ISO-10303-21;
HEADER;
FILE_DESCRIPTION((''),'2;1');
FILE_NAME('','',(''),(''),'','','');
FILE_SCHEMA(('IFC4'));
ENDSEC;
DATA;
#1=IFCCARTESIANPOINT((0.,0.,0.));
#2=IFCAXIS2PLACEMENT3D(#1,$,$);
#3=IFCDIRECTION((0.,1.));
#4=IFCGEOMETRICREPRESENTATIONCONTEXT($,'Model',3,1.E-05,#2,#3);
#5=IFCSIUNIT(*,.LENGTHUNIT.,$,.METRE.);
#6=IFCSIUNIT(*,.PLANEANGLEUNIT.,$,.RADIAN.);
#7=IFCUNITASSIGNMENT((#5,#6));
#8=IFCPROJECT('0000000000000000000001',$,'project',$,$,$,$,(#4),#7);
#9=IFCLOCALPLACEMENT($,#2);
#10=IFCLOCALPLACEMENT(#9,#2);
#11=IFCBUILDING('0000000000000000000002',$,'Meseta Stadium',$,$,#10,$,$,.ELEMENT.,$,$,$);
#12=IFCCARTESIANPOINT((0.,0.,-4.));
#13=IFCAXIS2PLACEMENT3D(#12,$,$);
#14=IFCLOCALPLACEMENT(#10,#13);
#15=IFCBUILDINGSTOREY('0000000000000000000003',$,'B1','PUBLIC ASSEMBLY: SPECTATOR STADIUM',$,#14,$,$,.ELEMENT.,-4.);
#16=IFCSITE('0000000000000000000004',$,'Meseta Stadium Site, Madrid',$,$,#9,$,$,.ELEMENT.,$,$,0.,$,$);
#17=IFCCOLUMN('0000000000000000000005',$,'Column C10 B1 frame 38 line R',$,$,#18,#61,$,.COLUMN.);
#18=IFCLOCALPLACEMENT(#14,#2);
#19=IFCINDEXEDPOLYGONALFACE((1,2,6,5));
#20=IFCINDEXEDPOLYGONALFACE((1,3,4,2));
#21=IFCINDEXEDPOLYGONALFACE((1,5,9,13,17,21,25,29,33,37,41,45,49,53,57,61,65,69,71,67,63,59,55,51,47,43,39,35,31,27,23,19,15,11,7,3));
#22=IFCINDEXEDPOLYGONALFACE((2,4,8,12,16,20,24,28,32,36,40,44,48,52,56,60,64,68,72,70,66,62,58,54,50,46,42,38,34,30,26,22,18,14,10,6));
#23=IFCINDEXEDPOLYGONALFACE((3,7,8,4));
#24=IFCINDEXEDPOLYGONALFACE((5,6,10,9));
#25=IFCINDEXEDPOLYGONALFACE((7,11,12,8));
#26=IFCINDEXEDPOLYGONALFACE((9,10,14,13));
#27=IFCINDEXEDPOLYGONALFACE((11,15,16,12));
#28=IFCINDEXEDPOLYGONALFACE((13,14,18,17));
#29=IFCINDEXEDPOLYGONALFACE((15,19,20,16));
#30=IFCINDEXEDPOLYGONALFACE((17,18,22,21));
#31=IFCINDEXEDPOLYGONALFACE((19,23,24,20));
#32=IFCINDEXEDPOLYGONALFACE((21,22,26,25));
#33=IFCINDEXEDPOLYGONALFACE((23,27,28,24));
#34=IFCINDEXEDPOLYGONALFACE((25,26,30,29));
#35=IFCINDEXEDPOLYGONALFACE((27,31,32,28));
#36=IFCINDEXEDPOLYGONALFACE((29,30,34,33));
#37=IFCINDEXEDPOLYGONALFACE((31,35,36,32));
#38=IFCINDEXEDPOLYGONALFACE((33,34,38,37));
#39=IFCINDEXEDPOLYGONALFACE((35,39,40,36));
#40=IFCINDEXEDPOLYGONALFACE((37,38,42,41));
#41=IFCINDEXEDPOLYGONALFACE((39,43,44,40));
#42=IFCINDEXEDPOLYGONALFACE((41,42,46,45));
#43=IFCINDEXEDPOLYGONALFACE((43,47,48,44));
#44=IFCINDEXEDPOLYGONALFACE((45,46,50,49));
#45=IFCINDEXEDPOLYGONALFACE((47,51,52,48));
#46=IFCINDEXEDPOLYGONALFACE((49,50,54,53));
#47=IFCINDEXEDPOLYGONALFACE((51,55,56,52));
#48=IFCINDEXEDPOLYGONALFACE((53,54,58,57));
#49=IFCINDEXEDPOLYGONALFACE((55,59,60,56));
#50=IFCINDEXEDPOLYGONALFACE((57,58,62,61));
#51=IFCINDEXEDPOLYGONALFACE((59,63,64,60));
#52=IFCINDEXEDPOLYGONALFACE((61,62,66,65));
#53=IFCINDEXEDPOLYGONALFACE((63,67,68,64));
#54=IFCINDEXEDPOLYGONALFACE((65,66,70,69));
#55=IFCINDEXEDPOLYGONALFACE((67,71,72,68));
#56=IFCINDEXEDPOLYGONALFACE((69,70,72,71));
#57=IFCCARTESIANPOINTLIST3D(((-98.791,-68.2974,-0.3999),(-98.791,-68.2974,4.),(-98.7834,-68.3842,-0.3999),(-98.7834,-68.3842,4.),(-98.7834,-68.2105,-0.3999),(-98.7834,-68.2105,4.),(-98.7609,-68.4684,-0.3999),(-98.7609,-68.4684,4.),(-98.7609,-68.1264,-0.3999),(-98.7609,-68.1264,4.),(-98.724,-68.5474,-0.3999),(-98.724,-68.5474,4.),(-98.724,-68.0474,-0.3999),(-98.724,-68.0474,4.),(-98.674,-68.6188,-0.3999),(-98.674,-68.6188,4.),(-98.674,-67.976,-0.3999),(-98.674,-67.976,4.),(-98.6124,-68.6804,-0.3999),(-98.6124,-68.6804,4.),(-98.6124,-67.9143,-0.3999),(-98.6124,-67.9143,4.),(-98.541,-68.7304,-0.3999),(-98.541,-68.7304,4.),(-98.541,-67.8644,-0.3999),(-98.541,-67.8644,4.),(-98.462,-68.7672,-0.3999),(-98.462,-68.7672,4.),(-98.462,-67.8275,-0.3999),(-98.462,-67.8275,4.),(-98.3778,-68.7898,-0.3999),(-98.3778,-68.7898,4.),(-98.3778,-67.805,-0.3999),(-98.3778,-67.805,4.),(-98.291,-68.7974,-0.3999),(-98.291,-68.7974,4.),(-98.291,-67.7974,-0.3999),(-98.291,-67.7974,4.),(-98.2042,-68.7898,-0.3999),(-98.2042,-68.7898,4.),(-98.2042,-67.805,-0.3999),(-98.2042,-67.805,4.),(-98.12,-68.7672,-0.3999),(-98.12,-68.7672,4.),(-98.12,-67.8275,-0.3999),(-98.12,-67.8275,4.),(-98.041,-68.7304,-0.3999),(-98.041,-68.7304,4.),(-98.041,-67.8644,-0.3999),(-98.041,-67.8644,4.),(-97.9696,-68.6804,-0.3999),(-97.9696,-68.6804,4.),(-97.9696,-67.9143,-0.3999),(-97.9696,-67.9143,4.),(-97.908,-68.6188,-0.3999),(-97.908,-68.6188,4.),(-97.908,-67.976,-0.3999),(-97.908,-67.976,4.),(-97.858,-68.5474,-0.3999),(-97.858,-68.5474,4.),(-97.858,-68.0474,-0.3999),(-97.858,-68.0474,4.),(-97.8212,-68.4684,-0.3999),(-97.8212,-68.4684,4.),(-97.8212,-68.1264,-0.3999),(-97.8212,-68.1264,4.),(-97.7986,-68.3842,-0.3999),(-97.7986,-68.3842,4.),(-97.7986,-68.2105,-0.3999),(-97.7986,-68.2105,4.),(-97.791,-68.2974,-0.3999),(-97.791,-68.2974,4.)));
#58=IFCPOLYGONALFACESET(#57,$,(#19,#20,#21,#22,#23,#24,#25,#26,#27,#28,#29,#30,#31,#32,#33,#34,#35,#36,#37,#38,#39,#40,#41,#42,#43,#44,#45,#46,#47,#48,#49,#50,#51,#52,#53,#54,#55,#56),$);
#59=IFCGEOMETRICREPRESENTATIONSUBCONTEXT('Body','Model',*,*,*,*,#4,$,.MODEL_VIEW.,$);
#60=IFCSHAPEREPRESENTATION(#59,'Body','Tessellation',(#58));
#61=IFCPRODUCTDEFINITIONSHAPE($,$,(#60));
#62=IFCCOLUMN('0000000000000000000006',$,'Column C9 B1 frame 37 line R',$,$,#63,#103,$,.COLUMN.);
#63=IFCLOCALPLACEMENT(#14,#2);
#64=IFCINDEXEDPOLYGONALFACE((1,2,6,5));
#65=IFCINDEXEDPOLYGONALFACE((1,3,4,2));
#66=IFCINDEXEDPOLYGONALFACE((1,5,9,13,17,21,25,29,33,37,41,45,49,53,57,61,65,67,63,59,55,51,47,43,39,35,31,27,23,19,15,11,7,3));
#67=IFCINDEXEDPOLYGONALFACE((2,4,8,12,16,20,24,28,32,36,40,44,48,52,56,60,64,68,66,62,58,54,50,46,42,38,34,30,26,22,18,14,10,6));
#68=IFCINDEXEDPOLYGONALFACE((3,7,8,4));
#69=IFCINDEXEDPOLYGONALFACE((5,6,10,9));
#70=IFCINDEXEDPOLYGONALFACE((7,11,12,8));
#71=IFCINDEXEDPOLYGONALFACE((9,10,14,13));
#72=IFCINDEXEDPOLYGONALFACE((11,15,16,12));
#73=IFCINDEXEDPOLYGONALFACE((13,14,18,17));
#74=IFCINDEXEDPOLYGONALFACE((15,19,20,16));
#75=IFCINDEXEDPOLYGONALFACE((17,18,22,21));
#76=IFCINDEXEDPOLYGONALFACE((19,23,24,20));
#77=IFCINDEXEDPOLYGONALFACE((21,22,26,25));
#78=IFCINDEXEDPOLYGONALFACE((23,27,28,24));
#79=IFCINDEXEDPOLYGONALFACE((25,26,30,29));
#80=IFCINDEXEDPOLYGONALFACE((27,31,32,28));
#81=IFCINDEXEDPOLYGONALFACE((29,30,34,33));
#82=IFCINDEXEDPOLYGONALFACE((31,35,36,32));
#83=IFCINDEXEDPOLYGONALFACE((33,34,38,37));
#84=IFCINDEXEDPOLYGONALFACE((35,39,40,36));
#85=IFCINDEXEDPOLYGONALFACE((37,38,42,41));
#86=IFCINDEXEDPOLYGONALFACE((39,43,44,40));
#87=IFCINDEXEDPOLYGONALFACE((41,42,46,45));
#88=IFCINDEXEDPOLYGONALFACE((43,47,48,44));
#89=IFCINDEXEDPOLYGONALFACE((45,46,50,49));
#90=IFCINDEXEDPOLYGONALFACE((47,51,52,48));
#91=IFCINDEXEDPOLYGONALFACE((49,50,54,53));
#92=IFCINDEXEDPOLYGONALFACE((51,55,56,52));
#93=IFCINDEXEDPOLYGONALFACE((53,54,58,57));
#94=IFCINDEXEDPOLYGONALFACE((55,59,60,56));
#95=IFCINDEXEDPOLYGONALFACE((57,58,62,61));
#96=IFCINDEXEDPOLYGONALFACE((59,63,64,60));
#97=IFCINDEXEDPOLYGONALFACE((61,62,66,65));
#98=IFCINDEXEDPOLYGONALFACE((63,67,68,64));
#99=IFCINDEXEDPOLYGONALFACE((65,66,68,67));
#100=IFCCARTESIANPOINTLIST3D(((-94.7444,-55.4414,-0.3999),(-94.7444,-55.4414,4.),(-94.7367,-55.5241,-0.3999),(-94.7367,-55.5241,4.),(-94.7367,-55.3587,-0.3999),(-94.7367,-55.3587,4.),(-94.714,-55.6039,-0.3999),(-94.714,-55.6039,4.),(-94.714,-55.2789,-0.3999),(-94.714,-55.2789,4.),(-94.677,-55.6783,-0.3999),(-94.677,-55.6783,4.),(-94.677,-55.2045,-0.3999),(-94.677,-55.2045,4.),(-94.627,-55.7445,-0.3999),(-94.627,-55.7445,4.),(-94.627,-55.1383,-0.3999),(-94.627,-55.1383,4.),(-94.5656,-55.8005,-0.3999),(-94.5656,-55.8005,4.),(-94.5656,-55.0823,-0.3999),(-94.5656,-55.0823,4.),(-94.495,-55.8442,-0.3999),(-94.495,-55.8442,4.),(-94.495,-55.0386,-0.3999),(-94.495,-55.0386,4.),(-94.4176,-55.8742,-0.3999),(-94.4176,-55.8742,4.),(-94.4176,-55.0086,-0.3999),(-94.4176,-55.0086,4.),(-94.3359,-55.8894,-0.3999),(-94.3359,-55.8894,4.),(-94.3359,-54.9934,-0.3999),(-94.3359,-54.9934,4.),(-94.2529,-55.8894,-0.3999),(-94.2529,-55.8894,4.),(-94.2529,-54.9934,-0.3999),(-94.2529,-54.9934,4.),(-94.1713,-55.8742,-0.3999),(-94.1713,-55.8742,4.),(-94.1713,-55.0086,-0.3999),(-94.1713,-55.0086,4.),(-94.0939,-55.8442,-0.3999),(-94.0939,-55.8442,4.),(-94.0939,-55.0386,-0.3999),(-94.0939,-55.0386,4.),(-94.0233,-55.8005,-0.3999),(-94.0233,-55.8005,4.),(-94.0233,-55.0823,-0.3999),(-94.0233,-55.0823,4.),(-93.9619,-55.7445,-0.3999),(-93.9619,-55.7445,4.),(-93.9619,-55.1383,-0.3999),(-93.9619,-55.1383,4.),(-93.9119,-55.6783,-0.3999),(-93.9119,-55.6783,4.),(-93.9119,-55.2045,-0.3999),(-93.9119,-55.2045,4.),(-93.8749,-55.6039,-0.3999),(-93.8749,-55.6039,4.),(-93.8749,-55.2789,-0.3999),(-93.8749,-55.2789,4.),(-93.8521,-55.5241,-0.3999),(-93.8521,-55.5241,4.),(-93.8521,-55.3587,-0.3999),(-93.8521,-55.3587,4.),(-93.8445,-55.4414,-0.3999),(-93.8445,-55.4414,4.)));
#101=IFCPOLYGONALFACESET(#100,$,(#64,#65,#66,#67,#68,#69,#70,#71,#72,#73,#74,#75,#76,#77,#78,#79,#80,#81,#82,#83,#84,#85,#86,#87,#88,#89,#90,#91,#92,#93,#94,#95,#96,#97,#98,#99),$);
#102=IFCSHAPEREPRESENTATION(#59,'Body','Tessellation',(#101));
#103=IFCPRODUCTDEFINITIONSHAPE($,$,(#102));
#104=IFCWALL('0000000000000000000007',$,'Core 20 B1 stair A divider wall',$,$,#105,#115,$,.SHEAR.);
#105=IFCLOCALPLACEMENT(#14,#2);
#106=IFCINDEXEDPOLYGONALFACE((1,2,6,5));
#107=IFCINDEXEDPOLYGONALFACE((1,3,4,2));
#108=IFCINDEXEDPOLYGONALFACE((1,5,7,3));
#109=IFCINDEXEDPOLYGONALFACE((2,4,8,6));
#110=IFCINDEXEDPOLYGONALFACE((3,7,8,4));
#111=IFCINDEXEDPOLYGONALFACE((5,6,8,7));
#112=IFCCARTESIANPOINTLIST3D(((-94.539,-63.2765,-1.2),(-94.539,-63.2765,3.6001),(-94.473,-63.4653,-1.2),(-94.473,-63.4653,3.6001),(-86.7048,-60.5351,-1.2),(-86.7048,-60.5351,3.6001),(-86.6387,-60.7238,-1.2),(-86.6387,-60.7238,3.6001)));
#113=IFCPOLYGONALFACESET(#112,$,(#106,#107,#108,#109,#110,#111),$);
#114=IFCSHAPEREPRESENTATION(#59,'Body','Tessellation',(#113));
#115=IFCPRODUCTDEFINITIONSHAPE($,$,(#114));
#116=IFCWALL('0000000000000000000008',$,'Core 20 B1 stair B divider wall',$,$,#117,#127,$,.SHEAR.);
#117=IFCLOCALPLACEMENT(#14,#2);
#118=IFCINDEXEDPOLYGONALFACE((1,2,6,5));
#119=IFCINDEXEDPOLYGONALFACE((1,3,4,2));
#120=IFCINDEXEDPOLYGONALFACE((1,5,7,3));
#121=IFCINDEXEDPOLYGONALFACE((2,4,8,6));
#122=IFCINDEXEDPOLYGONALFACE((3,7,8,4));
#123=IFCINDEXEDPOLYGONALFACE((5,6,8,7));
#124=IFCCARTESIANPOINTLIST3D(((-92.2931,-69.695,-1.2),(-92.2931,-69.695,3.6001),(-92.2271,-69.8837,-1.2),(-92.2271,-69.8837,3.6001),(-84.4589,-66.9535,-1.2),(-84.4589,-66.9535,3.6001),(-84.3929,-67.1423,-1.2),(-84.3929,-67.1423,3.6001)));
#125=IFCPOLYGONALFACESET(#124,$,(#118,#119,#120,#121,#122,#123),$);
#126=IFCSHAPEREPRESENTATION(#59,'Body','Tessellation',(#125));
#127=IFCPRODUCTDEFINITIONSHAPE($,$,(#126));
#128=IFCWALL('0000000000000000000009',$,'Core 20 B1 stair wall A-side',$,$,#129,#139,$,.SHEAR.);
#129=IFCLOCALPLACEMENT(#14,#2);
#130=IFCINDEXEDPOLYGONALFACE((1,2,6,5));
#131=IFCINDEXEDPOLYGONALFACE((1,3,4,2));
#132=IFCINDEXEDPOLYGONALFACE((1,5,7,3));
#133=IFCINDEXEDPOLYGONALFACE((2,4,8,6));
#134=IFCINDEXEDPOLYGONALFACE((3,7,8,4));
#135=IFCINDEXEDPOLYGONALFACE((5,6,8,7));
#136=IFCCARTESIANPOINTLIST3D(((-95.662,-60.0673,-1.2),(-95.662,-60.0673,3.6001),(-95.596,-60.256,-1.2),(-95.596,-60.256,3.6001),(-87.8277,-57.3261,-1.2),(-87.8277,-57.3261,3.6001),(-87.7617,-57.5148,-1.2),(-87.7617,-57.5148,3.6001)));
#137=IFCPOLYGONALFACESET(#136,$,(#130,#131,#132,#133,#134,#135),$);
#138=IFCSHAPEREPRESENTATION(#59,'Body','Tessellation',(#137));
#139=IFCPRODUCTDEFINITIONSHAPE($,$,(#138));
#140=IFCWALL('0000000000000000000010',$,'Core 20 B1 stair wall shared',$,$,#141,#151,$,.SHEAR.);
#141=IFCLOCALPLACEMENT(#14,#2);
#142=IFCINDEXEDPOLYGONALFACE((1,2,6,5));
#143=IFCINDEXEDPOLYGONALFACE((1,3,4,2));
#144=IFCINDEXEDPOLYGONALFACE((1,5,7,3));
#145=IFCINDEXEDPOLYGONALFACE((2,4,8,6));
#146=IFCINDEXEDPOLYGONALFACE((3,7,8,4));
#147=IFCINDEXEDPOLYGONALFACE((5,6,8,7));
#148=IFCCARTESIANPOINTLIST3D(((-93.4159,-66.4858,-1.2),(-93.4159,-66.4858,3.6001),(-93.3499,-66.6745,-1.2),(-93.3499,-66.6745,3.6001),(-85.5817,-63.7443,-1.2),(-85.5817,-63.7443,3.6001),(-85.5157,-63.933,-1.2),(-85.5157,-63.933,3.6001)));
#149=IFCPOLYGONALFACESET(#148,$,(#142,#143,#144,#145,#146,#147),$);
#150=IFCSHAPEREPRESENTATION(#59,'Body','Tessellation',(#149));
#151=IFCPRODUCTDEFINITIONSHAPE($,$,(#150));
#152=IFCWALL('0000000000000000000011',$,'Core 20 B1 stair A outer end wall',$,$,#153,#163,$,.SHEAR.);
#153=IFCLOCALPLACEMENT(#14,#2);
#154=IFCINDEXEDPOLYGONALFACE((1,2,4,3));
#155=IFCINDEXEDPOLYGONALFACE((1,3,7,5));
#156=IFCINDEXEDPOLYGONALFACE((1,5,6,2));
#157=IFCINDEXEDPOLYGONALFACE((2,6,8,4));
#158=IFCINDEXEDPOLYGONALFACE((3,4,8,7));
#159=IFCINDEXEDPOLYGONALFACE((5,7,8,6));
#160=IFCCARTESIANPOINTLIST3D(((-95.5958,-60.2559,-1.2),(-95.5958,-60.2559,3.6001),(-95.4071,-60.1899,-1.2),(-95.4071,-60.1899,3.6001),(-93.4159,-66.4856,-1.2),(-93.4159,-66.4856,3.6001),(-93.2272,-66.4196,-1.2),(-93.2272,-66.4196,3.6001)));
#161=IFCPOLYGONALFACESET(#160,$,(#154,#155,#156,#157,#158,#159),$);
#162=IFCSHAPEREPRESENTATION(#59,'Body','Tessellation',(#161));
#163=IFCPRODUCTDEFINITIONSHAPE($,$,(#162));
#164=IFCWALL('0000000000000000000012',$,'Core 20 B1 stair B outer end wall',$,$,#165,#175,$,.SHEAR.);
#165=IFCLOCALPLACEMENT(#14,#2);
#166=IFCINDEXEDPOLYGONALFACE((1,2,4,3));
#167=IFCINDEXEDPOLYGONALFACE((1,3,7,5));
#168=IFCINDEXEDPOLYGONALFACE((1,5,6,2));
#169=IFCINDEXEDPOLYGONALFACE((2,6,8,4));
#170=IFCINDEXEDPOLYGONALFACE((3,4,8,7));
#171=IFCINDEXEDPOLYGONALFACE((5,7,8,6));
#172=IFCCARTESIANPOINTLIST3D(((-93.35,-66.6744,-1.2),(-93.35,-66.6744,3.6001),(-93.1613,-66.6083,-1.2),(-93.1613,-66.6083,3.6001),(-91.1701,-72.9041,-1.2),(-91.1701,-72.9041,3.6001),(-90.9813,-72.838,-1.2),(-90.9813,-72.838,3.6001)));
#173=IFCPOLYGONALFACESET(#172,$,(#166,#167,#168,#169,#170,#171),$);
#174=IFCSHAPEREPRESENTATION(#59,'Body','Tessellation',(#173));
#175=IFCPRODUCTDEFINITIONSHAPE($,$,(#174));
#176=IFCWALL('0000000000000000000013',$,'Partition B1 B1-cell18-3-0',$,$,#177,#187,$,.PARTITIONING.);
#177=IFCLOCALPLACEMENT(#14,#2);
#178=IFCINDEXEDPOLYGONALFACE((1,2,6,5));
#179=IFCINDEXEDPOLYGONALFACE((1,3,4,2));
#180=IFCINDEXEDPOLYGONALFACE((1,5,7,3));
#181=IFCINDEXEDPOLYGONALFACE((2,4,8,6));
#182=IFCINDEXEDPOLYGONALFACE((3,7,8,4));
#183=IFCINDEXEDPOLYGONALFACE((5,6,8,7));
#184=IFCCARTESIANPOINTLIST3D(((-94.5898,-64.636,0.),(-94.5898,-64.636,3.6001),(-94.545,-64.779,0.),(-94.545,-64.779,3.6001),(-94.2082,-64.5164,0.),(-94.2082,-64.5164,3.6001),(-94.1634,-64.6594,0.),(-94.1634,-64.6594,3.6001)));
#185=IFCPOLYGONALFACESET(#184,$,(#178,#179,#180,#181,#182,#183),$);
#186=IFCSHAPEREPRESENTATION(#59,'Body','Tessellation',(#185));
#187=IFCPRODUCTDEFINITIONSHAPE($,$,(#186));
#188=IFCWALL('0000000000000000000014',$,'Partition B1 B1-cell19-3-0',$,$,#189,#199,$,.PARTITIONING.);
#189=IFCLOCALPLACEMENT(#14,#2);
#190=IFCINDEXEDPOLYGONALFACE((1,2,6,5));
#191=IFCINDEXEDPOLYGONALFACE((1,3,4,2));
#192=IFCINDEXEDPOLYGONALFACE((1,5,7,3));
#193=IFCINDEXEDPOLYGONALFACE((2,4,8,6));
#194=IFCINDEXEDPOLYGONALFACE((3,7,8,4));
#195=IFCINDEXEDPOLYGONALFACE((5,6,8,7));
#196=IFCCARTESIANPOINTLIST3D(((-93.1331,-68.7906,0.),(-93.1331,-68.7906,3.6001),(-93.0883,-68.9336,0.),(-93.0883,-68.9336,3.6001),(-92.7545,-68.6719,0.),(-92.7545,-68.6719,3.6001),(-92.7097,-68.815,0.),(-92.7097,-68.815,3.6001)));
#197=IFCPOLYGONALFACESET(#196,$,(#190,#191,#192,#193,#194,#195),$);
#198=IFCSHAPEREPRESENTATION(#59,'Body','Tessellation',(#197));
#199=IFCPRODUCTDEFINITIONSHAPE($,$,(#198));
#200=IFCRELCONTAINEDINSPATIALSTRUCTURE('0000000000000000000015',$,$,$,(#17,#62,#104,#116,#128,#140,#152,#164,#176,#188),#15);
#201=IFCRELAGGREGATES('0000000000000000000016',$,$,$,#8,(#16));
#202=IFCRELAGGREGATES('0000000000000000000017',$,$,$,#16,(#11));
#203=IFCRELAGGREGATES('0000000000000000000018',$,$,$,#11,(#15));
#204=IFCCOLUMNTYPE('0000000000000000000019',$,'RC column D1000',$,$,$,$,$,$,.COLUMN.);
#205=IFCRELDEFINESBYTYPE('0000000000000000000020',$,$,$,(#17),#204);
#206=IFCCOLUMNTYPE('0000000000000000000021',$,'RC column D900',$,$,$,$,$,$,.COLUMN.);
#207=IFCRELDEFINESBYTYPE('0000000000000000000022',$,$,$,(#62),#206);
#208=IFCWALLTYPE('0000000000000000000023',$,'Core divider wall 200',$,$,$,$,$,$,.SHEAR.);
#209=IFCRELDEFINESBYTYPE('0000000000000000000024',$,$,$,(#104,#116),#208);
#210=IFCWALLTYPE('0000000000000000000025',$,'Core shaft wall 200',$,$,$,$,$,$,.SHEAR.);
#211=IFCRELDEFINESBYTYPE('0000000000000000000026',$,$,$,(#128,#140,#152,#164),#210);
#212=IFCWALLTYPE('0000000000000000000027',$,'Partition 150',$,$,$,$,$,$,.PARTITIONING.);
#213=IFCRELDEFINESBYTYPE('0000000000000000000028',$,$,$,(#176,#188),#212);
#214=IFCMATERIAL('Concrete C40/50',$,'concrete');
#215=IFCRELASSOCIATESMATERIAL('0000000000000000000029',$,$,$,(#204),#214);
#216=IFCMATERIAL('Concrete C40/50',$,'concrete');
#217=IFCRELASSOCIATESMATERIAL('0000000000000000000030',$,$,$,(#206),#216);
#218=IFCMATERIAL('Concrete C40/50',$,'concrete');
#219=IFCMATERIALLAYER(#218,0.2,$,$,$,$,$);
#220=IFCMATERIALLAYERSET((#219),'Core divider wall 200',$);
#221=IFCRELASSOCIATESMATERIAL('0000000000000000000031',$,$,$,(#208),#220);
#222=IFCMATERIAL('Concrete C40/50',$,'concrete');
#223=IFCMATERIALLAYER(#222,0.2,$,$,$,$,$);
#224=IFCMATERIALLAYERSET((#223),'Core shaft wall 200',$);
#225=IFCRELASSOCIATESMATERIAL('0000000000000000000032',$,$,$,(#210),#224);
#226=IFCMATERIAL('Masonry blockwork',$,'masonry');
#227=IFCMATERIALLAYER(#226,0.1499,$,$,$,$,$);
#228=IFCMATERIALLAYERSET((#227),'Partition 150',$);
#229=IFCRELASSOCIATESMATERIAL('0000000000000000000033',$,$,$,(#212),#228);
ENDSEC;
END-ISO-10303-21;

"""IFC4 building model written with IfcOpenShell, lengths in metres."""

from ifc_helpers import new_model, si_unit, direction, frame, frame_2d, origin, origin_2d, place, context, subcontext, project, spatial, rectangle, circle, extrude, material, layer, layer_set, material_profile, profile_set, type_object, element, save


model = new_model("IFC4")

# Units and contexts
model_context = context("Model", 3, precision=1e-05, world=origin(), true_north=direction((0.0, 1.0)))
body_context = subcontext(model_context, "Body", "Model", "MODEL_VIEW")
ifc_project = project(units=[si_unit("LENGTHUNIT", "METRE"), si_unit("PLANEANGLEUNIT", "RADIAN")], contexts=[model_context])

# Site, building, storey
site_placement = place(None, origin())
site = spatial("IfcSite", under=ifc_project, at=site_placement, Name="Meseta Stadium Site, Madrid", CompositionType="ELEMENT", RefElevation=0.0)
building_placement = place(site_placement, origin())
building = spatial("IfcBuilding", under=site, at=building_placement, Name="Meseta Stadium", CompositionType="ELEMENT")
storey_placement = place(building_placement, frame((0.0, 0.0, -4.0)))
storey = spatial("IfcBuildingStorey", under=building, at=storey_placement, Name="B1", Description="PUBLIC ASSEMBLY: SPECTATOR STADIUM", CompositionType="ELEMENT", Elevation=-4.0)

# Columns
ifc_material_1 = material(Name="Concrete C40/50", Category="concrete")
ifc_material_profile_1 = material_profile(ifc_material_1, circle(Radius=0.5, at=origin_2d()), Name="RC D1000")
ifc_profile_set_1 = profile_set([ifc_material_profile_1], Name="Concrete C40/50")
column_type_1 = type_object("IfcColumnType", Name="RC column D1000", PredefinedType="COLUMN", material=ifc_profile_set_1)
column_1_placement = place(storey_placement, frame((-98.291, -68.2974, -0.3999), z_axis=(0.0, 0.0, 1.0), x_axis=(1.0, 0.0, 0.0)))
element("IfcColumn", 1, at=column_1_placement, inside=storey, type_object=column_type_1, Name="Column C10 B1 frame 38 line R", PredefinedType="COLUMN", context=body_context, shape_type="SweptSolid", body=[
    extrude(circle(Radius=0.5, at=origin_2d()), origin(), (0.0, 0.0, 1.0), 4.3999),
])
ifc_material_2 = material(Name="Concrete C40/50", Category="concrete")
ifc_material_profile_2 = material_profile(ifc_material_2, circle(Radius=0.45, at=origin_2d()), Name="RC D900")
ifc_profile_set_2 = profile_set([ifc_material_profile_2], Name="Concrete C40/50")
column_type_2 = type_object("IfcColumnType", Name="RC column D900", PredefinedType="COLUMN", material=ifc_profile_set_2)
column_2_placement = place(storey_placement, frame((-94.2944, -55.4414, -0.3999), z_axis=(0.0, 0.0, 1.0), x_axis=(1.0, 0.0, 0.0)))
element("IfcColumn", 2, at=column_2_placement, inside=storey, type_object=column_type_2, Name="Column C9 B1 frame 37 line R", PredefinedType="COLUMN", context=body_context, shape_type="SweptSolid", body=[
    extrude(circle(Radius=0.45, at=origin_2d()), origin(), (0.0, 0.0, 1.0), 4.3999),
])

# Walls
ifc_material_3 = material(Name="Concrete C40/50", Category="concrete")
ifc_layer_1 = layer(ifc_material_3, 0.2)
ifc_layer_set_1 = layer_set([ifc_layer_1], Name="Core divider wall 200")
wall_type_1 = type_object("IfcWallType", Name="Core divider wall 200", PredefinedType="SHEAR", material=ifc_layer_set_1)
for number, where, z_axis, x_axis, name in (
    (3, (-94.5059, -63.3708, -1.2), (0.0, 0.0, 1.0), (0.943878, 0.330294, 0.0), "Core 20 B1 stair A divider wall"),
    (4, (-92.26, -69.7893, -1.2), (0.0, 0.0, 1.0), (0.943878, 0.330294, 0.0), "Core 20 B1 stair B divider wall"),
):
    element("IfcWall", number, at=place(storey_placement, frame(where, z_axis=z_axis, x_axis=x_axis)), inside=storey, type_object=wall_type_1, Name=name, PredefinedType="SHEAR", context=body_context, shape_type="SweptSolid", body=[
        extrude(rectangle(XDim=8.3, YDim=0.2, at=frame_2d((4.1499, 0.0))), origin(), (0.0, 0.0, 1.0), 4.8),
    ])
ifc_material_4 = material(Name="Concrete C40/50", Category="concrete")
ifc_layer_2 = layer(ifc_material_4, 0.2)
ifc_layer_set_2 = layer_set([ifc_layer_2], Name="Core shaft wall 200")
wall_type_2 = type_object("IfcWallType", Name="Core shaft wall 200", PredefinedType="SHEAR", material=ifc_layer_set_2)
for number, where, z_axis, x_axis, name in (
    (5, (-95.6289, -60.1616, -1.2), (0.0, 0.0, 1.0), (0.943887, 0.330268, 0.0), "Core 20 B1 stair wall A-side"),
    (6, (-93.3828, -66.5801, -1.2), (0.0, 0.0, 1.0), (0.943878, 0.330294, 0.0), "Core 20 B1 stair wall shared"),
):
    element("IfcWall", number, at=place(storey_placement, frame(where, z_axis=z_axis, x_axis=x_axis)), inside=storey, type_object=wall_type_2, Name=name, PredefinedType="SHEAR", context=body_context, shape_type="SweptSolid", body=[
        extrude(rectangle(XDim=8.3, YDim=0.2, at=frame_2d((4.1499, 0.0))), origin(), (0.0, 0.0, 1.0), 4.8),
    ])
for number, where, z_axis, x_axis, name in (
    (7, (-95.5015, -60.2229, -1.2), (0.0, 0.0, 1.0), (0.330286, -0.943881, 0.0), "Core 20 B1 stair A outer end wall"),
    (8, (-93.2556, -66.6414, -1.2), (0.0, 0.0, 1.0), (0.330286, -0.943881, 0.0), "Core 20 B1 stair B outer end wall"),
):
    element("IfcWall", number, at=place(storey_placement, frame(where, z_axis=z_axis, x_axis=x_axis)), inside=storey, type_object=wall_type_2, Name=name, PredefinedType="SHEAR", context=body_context, shape_type="SweptSolid", body=[
        extrude(rectangle(XDim=6.6001, YDim=0.2, at=frame_2d((3.3, 0.0))), origin(), (0.0, 0.0, 1.0), 4.8),
    ])
ifc_material_5 = material(Name="Masonry blockwork", Category="masonry")
ifc_layer_3 = layer(ifc_material_5, 0.1499)
ifc_layer_set_3 = layer_set([ifc_layer_3], Name="Partition 150")
wall_type_3 = type_object("IfcWallType", Name="Partition 150", PredefinedType="PARTITIONING", material=ifc_layer_set_3)
wall_1_placement = place(storey_placement, frame((-94.1858, -64.5879, 0.0), z_axis=(0.0, 0.0, 1.0), x_axis=(-0.954208, -0.299144, 0.0)))
element("IfcWall", 9, at=wall_1_placement, inside=storey, type_object=wall_type_3, Name="Partition B1 B1-cell18-3-0", PredefinedType="PARTITIONING", context=body_context, shape_type="SweptSolid", body=[
    extrude(rectangle(XDim=0.3999, YDim=0.1499, at=frame_2d((0.2, 0.0))), origin(), (0.0, 0.0, 1.0), 3.6001),
])
wall_2_placement = place(storey_placement, frame((-93.1106, -68.8621, 0.0), z_axis=(0.0, 0.0, 1.0), x_axis=(0.95425, 0.299011, 0.0)))
element("IfcWall", 10, at=wall_2_placement, inside=storey, type_object=wall_type_3, Name="Partition B1 B1-cell19-3-0", PredefinedType="PARTITIONING", context=body_context, shape_type="SweptSolid", body=[
    extrude(rectangle(XDim=0.3967, YDim=0.1499, at=frame_2d((0.1982, 0.0))), origin(), (0.0, 0.0, 1.0), 3.6001),
])

save(model, "model.ifc")
